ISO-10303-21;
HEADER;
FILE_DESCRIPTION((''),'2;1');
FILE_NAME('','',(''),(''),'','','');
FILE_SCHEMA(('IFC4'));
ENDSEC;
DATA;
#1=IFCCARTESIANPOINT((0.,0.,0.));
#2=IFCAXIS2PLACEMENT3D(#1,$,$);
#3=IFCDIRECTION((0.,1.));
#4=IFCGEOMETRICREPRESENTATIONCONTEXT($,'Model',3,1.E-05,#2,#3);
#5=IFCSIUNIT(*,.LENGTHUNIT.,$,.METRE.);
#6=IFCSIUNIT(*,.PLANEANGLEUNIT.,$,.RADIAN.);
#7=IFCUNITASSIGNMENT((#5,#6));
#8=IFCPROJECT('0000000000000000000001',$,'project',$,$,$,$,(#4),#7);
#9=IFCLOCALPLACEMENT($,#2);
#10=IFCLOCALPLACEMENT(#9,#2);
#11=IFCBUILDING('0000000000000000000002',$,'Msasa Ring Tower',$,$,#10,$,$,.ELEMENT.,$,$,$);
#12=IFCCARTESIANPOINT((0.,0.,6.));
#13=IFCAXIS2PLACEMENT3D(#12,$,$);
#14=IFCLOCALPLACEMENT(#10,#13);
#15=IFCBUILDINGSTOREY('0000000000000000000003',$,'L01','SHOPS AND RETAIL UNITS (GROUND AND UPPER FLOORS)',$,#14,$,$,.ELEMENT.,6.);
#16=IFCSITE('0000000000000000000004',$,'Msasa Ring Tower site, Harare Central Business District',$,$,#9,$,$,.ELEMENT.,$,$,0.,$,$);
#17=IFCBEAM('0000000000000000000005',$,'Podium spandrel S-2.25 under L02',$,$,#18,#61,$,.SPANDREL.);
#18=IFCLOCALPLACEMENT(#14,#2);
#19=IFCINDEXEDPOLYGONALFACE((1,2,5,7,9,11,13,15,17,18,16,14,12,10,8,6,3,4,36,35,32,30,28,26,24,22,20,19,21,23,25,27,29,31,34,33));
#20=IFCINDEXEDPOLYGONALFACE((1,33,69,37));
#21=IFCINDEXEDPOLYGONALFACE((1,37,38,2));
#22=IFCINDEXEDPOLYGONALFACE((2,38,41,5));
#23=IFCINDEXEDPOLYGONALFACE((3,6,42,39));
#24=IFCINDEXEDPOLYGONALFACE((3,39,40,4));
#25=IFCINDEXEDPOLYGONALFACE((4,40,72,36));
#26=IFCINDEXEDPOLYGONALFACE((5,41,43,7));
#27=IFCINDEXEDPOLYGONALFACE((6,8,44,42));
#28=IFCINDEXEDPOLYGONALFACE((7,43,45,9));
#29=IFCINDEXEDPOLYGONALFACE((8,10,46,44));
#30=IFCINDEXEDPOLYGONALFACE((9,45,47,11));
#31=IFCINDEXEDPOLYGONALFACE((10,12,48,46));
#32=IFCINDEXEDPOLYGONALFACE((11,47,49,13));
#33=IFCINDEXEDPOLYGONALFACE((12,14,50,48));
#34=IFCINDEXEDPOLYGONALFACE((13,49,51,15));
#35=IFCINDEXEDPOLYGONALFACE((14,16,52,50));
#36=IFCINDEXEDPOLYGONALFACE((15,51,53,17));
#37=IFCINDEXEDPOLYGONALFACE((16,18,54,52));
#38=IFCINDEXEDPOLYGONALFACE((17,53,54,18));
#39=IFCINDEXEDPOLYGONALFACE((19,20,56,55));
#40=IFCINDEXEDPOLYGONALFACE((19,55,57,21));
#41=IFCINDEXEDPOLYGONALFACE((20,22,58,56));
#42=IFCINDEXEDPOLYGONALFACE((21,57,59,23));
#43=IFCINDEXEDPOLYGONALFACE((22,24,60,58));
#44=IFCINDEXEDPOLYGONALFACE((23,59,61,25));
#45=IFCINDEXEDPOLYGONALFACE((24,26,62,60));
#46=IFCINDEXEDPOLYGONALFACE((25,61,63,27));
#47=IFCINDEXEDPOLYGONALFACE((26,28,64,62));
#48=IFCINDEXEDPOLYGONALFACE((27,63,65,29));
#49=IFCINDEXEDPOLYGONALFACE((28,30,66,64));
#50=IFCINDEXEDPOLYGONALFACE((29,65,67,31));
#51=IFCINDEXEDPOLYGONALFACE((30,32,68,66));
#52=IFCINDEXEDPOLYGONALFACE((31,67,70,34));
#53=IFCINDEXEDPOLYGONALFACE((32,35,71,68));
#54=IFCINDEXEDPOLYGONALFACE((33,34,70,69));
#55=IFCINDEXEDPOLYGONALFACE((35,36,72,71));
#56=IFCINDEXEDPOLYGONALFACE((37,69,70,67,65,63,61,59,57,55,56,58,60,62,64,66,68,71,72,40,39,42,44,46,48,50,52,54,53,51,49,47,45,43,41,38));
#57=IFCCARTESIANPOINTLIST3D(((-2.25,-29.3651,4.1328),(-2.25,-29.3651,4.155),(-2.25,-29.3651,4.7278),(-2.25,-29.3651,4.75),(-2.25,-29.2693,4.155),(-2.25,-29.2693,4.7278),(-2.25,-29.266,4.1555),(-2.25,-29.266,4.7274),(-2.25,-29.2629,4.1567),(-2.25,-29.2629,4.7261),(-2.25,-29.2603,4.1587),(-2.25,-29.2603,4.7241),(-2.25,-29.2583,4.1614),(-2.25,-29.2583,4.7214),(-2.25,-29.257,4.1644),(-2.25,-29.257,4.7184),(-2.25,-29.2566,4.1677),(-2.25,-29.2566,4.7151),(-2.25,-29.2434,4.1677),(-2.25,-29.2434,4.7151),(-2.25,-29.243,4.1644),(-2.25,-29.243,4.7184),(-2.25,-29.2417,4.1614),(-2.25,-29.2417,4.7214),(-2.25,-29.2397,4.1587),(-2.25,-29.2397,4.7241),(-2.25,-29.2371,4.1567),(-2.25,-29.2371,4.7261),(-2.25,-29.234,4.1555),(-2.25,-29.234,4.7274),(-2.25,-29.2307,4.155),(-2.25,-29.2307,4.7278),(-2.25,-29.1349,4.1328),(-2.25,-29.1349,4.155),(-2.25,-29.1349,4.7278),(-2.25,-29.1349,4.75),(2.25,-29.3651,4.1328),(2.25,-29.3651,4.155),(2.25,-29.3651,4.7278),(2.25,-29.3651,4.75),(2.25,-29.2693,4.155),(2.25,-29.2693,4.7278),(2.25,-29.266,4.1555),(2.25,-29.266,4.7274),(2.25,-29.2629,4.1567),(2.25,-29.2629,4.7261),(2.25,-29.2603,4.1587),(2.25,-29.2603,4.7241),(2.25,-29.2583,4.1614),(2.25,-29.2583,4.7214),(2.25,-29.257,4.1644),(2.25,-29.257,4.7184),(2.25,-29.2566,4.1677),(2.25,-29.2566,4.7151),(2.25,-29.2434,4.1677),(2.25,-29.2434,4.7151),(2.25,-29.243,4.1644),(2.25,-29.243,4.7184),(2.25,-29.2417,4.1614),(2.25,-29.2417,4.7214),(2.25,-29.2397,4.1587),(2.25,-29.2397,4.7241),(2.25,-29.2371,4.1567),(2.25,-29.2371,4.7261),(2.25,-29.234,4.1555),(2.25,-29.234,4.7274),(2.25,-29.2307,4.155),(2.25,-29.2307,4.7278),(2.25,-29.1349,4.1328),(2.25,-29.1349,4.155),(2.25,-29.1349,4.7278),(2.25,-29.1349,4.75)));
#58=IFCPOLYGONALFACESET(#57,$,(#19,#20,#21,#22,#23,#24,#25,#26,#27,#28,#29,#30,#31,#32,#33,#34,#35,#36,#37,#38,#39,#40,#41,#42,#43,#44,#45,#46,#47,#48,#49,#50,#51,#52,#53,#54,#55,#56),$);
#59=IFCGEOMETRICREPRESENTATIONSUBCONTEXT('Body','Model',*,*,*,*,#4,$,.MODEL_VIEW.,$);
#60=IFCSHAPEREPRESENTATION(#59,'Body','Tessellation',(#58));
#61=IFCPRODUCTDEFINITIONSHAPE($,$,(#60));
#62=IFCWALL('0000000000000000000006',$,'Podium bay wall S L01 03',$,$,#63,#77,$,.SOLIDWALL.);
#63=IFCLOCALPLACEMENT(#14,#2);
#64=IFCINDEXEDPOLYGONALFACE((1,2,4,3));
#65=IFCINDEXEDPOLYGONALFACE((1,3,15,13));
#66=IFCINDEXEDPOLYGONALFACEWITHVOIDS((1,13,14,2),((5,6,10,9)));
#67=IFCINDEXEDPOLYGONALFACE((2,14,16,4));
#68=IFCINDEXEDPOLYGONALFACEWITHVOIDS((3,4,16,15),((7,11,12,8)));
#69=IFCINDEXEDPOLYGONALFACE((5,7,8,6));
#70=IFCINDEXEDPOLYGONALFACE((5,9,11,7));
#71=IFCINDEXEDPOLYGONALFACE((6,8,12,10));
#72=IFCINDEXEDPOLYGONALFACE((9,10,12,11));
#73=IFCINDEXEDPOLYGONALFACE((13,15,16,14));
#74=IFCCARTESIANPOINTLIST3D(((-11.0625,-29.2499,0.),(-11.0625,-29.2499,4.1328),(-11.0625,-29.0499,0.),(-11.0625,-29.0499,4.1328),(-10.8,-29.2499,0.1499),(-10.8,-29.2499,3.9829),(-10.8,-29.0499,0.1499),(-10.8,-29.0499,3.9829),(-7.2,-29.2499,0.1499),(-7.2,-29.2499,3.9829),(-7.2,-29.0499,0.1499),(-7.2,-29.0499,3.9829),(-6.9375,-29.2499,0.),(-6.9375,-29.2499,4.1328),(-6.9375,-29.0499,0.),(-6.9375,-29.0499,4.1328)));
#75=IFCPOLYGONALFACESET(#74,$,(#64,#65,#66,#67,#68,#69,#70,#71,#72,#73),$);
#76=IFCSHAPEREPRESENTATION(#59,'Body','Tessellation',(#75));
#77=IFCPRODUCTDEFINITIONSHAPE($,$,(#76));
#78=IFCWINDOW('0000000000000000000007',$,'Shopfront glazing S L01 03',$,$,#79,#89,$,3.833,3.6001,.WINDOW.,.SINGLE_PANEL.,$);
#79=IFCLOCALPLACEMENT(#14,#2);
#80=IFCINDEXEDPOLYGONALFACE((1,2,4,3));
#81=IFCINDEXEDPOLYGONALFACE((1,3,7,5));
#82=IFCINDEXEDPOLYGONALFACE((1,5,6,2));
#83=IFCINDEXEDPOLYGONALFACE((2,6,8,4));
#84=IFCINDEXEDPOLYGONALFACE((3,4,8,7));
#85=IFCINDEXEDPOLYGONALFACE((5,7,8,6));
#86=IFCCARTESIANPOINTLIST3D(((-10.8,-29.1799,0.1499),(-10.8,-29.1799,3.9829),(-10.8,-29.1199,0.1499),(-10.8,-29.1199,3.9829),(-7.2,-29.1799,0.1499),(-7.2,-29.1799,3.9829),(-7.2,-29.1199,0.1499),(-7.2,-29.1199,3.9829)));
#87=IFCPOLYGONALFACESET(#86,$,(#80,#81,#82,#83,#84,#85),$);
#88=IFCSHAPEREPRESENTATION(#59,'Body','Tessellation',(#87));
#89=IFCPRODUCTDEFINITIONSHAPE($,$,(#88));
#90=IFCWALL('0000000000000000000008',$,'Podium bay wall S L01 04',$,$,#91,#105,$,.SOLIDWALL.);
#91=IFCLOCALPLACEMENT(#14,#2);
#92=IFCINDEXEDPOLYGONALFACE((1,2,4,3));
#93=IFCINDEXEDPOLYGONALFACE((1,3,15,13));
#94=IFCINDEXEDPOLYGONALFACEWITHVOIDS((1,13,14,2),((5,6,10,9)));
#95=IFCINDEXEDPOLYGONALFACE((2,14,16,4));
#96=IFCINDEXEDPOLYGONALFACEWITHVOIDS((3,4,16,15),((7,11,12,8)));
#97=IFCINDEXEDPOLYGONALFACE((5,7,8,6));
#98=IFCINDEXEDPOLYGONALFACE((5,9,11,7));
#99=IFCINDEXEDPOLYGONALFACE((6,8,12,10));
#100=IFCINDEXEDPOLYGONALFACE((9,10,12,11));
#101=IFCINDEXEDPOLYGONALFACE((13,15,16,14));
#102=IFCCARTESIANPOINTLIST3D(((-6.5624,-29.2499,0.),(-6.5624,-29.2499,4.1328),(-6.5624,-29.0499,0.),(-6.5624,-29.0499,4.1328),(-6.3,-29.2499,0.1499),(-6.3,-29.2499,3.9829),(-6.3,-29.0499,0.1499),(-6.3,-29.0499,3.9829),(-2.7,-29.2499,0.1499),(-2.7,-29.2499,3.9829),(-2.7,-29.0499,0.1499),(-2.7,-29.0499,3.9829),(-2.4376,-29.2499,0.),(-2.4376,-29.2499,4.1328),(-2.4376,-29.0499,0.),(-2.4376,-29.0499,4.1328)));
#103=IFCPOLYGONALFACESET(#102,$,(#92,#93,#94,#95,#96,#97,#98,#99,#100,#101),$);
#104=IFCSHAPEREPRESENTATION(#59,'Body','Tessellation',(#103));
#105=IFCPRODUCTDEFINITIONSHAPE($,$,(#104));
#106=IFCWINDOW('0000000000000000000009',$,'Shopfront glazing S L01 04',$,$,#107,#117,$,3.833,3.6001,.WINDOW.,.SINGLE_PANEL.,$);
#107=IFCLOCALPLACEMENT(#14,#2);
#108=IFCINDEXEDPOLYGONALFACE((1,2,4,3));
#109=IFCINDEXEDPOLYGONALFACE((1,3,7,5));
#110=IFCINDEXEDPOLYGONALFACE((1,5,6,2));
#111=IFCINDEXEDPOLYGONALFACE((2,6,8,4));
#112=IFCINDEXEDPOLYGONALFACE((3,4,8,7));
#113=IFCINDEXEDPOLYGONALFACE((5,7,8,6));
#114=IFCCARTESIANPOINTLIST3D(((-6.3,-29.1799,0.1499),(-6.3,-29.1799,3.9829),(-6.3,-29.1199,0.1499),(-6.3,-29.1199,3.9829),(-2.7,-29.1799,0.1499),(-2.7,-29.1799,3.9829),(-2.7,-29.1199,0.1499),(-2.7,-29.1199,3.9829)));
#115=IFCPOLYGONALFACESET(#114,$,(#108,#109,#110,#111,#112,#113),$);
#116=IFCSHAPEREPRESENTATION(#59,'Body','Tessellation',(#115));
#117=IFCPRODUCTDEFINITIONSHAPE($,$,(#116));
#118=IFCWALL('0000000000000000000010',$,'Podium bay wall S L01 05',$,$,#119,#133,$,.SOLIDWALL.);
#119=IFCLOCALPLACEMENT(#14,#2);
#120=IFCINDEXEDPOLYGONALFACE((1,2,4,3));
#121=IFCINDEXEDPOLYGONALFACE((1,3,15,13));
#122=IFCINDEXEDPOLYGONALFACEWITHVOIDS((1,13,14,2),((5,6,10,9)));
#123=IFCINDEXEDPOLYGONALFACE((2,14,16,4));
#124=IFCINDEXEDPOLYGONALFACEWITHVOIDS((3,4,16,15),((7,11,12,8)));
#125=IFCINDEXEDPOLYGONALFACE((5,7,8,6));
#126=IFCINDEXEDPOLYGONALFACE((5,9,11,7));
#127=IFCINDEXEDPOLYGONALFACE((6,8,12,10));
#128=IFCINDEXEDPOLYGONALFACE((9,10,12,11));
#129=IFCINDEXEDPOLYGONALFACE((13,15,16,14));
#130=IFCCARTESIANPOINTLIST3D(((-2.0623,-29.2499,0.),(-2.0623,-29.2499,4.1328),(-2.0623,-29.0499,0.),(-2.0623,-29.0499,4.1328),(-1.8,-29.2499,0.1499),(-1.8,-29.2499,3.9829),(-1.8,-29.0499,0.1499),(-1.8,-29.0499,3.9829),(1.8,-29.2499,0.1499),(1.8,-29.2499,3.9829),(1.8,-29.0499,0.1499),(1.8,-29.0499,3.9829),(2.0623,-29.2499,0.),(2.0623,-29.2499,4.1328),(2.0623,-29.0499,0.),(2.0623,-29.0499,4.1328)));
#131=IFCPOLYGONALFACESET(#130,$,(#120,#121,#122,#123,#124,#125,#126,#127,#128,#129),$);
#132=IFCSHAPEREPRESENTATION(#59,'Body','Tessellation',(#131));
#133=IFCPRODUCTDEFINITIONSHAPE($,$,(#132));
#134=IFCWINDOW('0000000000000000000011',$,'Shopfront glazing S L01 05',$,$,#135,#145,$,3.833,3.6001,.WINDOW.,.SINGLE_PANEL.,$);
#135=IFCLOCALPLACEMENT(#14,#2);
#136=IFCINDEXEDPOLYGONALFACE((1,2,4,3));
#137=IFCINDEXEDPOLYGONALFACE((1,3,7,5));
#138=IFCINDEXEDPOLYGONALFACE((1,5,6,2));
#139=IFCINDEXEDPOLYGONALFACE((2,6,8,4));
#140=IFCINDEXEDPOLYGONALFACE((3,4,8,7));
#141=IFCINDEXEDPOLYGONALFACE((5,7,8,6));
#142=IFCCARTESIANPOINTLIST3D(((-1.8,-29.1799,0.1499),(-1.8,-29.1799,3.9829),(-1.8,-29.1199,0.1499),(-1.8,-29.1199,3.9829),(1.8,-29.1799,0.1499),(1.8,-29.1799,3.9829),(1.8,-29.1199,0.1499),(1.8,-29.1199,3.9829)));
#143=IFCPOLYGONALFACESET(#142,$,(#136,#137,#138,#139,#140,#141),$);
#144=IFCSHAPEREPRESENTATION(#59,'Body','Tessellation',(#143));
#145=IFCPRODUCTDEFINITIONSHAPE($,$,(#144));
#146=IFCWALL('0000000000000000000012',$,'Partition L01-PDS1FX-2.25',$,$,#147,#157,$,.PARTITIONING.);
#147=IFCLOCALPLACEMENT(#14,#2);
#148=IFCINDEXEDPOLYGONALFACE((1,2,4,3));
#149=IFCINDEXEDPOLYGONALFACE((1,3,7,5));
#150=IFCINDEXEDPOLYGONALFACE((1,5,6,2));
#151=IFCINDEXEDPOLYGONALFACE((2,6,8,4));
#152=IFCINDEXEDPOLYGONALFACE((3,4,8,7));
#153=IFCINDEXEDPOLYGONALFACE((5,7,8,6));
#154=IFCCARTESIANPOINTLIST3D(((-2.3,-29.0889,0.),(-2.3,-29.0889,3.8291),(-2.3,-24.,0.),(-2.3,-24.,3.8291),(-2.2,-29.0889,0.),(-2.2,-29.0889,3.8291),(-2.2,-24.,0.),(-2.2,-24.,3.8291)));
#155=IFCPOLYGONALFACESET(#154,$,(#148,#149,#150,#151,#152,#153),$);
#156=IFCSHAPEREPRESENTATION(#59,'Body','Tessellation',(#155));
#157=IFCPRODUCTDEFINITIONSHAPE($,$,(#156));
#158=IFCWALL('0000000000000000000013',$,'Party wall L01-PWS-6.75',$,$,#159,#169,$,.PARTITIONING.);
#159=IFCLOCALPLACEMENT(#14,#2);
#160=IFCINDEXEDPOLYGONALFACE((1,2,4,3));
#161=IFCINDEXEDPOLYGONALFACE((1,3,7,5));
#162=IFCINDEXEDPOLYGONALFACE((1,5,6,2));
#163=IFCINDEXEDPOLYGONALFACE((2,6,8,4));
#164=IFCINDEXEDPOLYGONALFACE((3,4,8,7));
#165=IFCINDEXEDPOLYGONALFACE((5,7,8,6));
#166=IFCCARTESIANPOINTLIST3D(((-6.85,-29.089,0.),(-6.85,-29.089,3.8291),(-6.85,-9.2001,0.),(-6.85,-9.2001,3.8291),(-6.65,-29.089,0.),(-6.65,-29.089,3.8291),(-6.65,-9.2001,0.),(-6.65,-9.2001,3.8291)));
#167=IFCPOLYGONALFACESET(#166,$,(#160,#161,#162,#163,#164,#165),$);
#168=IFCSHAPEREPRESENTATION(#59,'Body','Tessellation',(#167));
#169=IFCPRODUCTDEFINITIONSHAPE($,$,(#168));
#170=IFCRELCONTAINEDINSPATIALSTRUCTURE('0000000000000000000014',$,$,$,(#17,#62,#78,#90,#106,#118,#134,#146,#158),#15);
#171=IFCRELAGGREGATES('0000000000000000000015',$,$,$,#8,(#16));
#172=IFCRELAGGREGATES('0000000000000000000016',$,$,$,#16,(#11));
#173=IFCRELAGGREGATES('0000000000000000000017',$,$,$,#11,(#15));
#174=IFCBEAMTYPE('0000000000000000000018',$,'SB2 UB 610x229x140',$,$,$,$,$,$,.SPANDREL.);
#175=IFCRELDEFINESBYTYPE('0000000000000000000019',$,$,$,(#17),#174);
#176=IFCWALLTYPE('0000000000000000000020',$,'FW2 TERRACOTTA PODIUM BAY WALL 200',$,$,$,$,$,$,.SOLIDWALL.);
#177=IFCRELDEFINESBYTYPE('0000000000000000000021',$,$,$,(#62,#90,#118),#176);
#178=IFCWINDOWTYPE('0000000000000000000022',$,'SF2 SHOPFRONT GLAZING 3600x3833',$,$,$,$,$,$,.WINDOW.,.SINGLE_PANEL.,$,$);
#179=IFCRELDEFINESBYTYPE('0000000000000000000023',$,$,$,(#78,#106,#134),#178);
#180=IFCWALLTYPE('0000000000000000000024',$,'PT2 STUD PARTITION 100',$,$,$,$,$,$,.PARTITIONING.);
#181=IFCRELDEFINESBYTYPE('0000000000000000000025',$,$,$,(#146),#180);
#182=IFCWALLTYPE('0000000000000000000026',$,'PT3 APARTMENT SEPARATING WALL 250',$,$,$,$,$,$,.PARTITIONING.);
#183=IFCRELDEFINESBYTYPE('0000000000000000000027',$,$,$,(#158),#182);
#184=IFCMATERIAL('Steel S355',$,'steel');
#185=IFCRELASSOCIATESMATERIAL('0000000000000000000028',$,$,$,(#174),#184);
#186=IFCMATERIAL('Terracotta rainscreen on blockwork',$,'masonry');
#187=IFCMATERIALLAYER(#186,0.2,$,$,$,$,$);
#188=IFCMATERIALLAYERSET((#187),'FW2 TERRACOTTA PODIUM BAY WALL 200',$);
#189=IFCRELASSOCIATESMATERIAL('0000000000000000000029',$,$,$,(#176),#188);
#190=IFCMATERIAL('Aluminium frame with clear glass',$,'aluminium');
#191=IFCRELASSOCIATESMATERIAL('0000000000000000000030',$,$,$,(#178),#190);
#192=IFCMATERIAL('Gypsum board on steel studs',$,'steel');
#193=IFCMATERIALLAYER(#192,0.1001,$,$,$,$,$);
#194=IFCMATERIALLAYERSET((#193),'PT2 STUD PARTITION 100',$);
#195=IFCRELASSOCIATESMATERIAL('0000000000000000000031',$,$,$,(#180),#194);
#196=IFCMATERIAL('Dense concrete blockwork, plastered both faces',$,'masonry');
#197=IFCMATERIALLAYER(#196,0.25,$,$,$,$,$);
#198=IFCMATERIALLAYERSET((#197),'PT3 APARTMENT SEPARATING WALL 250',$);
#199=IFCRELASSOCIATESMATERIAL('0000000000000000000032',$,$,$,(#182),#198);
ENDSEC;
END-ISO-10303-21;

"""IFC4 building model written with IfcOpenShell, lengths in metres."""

from ifc_helpers import new_model, si_unit, direction, frame, frame_2d, origin, origin_2d, place, context, subcontext, project, spatial, rectangle, i_section, extrude, material, layer, layer_set, material_profile, profile_set, type_object, element, fill, save


model = new_model("IFC4")

# Units and contexts
model_context = context("Model", 3, precision=1e-05, world=origin(), true_north=direction((0.0, 1.0)))
body_context = subcontext(model_context, "Body", "Model", "MODEL_VIEW")
ifc_project = project(units=[si_unit("LENGTHUNIT", "METRE"), si_unit("PLANEANGLEUNIT", "RADIAN")], contexts=[model_context])

# Site, building, storey
site_placement = place(None, origin())
site = spatial("IfcSite", under=ifc_project, at=site_placement, Name="Msasa Ring Tower site, Harare Central Business District", CompositionType="ELEMENT", RefElevation=0.0)
building_placement = place(site_placement, origin())
building = spatial("IfcBuilding", under=site, at=building_placement, Name="Msasa Ring Tower", CompositionType="ELEMENT")
storey_placement = place(building_placement, frame((0.0, 0.0, 6.0)))
storey = spatial("IfcBuildingStorey", under=building, at=storey_placement, Name="L01", Description="SHOPS AND RETAIL UNITS (GROUND AND UPPER FLOORS)", CompositionType="ELEMENT", Elevation=6.0)

# Beam
ifc_material_1 = material(Name="Steel S355", Category="steel")
ifc_material_profile_1 = material_profile(ifc_material_1, i_section(OverallWidth=0.2302, OverallDepth=0.6172, WebThickness=0.0132, FlangeThickness=0.0222, FilletRadius=0.0127, at=origin_2d()), Name="UB 610x229x140")
ifc_profile_set_1 = profile_set([ifc_material_profile_1], Name="Steel S355")
beam_type_1 = type_object("IfcBeamType", Name="SB2 UB 610x229x140", PredefinedType="SPANDREL", material=ifc_profile_set_1)
for number, where, z_axis, x_axis, name in (
    (1, (-2.25, -29.25, 4.4414), (1.0, 0.0, 0.0), (0.0, 1.0, 0.0), "Podium spandrel S-2.25 under L02"),
):
    element("IfcBeam", number, at=place(storey_placement, frame(where, z_axis=z_axis, x_axis=x_axis)), inside=storey, type_object=beam_type_1, Name=name, PredefinedType="SPANDREL", context=body_context, shape_type="SweptSolid", body=[
        extrude(i_section(OverallWidth=0.2302, OverallDepth=0.6172, WebThickness=0.0132, FlangeThickness=0.0222, FilletRadius=0.0127, at=origin_2d()), origin(), (0.0, 0.0, 1.0), 4.5),
    ])

# Walls, openings, windows
ifc_material_2 = material(Name="Terracotta rainscreen on blockwork", Category="masonry")
ifc_layer_1 = layer(ifc_material_2, 0.2)
ifc_layer_set_1 = layer_set([ifc_layer_1], Name="FW2 TERRACOTTA PODIUM BAY WALL 200")
wall_type_1 = type_object("IfcWallType", Name="FW2 TERRACOTTA PODIUM BAY WALL 200", PredefinedType="SOLIDWALL", material=ifc_layer_set_1)
wall_1_placement = place(storey_placement, frame((-11.0625, -29.1499, 0.0), z_axis=(0.0, 0.0, 1.0), x_axis=(1.0, 0.0, 0.0)))
wall_1 = element("IfcWall", 2, at=wall_1_placement, inside=storey, type_object=wall_type_1, Name="Podium bay wall S L01 03", PredefinedType="SOLIDWALL", context=body_context, shape_type="SweptSolid", body=[
    extrude(rectangle(XDim=4.125, YDim=0.2, at=frame_2d((2.0625, 0.0))), origin(), (0.0, 0.0, 1.0), 4.1328),
])
opening_1_placement = place(wall_1_placement, frame((0.2625, 0.0, 0.1499)))
opening_1 = element("IfcOpeningElement", 3, at=opening_1_placement, cuts=wall_1, PredefinedType="OPENING", context=body_context, shape_type="SweptSolid", body=[
    extrude(rectangle(XDim=3.6001, YDim=3.833, at=frame_2d((1.8, 1.9165))), frame((0.0, 0.1099, 0.0), z_axis=(0.0, -1.0, 0.0), x_axis=(1.0, 0.0, 0.0)), (0.0, 0.0, 1.0), 0.22),
])
ifc_material_3 = material(Name="Aluminium frame with clear glass", Category="aluminium")
window_type = type_object("IfcWindowType", Name="SF2 SHOPFRONT GLAZING 3600x3833", PartitioningType="SINGLE_PANEL", PredefinedType="WINDOW", material=ifc_material_3)
window_1_placement = place(opening_1_placement, origin())
window_1 = element("IfcWindow", 4, at=window_1_placement, inside=storey, type_object=window_type, Name="Shopfront glazing S L01 03", OverallHeight=3.833, OverallWidth=3.6001, PartitioningType="SINGLE_PANEL", PredefinedType="WINDOW", context=body_context, shape_type="SweptSolid", body=[
    extrude(rectangle(XDim=3.6001, YDim=3.833, at=frame_2d((1.8, 1.9165))), frame((0.0, 0.03, 0.0), z_axis=(0.0, -1.0, 0.0), x_axis=(1.0, 0.0, 0.0)), (0.0, 0.0, 1.0), 0.0601),
])
fill(opening_1, window_1)
wall_2_placement = place(storey_placement, frame((-6.5625, -29.1499, 0.0), z_axis=(0.0, 0.0, 1.0), x_axis=(1.0, 0.0, 0.0)))
wall_2 = element("IfcWall", 5, at=wall_2_placement, inside=storey, type_object=wall_type_1, Name="Podium bay wall S L01 04", PredefinedType="SOLIDWALL", context=body_context, shape_type="SweptSolid", body=[
    extrude(rectangle(XDim=4.1248, YDim=0.2, at=frame_2d((2.0625, 0.0))), origin(), (0.0, 0.0, 1.0), 4.1328),
])
opening_2_placement = place(wall_2_placement, frame((0.2625, 0.0, 0.1499)))
opening_2 = element("IfcOpeningElement", 6, at=opening_2_placement, cuts=wall_2, PredefinedType="OPENING", context=body_context, shape_type="SweptSolid", body=[
    extrude(rectangle(XDim=3.6001, YDim=3.833, at=frame_2d((1.8, 1.9165))), frame((0.0, 0.1099, 0.0), z_axis=(0.0, -1.0, 0.0), x_axis=(1.0, 0.0, 0.0)), (0.0, 0.0, 1.0), 0.22),
])
window_2_placement = place(opening_2_placement, origin())
window_2 = element("IfcWindow", 7, at=window_2_placement, inside=storey, type_object=window_type, Name="Shopfront glazing S L01 04", OverallHeight=3.833, OverallWidth=3.6001, PartitioningType="SINGLE_PANEL", PredefinedType="WINDOW", context=body_context, shape_type="SweptSolid", body=[
    extrude(rectangle(XDim=3.6001, YDim=3.833, at=frame_2d((1.8, 1.9165))), frame((0.0, 0.03, 0.0), z_axis=(0.0, -1.0, 0.0), x_axis=(1.0, 0.0, 0.0)), (0.0, 0.0, 1.0), 0.0601),
])
fill(opening_2, window_2)
wall_3_placement = place(storey_placement, frame((-2.0623, -29.1499, 0.0), z_axis=(0.0, 0.0, 1.0), x_axis=(1.0, 0.0, 0.0)))
wall_3 = element("IfcWall", 8, at=wall_3_placement, inside=storey, type_object=wall_type_1, Name="Podium bay wall S L01 05", PredefinedType="SOLIDWALL", context=body_context, shape_type="SweptSolid", body=[
    extrude(rectangle(XDim=4.1245, YDim=0.2, at=frame_2d((2.0623, 0.0))), origin(), (0.0, 0.0, 1.0), 4.1328),
])
opening_3_placement = place(wall_3_placement, frame((0.2622, 0.0, 0.1499)))
opening_3 = element("IfcOpeningElement", 9, at=opening_3_placement, cuts=wall_3, PredefinedType="OPENING", context=body_context, shape_type="SweptSolid", body=[
    extrude(rectangle(XDim=3.6001, YDim=3.833, at=frame_2d((1.8, 1.9165))), frame((0.0, 0.1099, 0.0), z_axis=(0.0, -1.0, 0.0), x_axis=(1.0, 0.0, 0.0)), (0.0, 0.0, 1.0), 0.22),
])
window_3_placement = place(opening_3_placement, origin())
window_3 = element("IfcWindow", 10, at=window_3_placement, inside=storey, type_object=window_type, Name="Shopfront glazing S L01 05", OverallHeight=3.833, OverallWidth=3.6001, PartitioningType="SINGLE_PANEL", PredefinedType="WINDOW", context=body_context, shape_type="SweptSolid", body=[
    extrude(rectangle(XDim=3.6001, YDim=3.833, at=frame_2d((1.8, 1.9165))), frame((0.0, 0.03, 0.0), z_axis=(0.0, -1.0, 0.0), x_axis=(1.0, 0.0, 0.0)), (0.0, 0.0, 1.0), 0.0601),
])
fill(opening_3, window_3)

# Walls
ifc_material_4 = material(Name="Gypsum board on steel studs", Category="steel")
ifc_layer_2 = layer(ifc_material_4, 0.1001)
ifc_layer_set_2 = layer_set([ifc_layer_2], Name="PT2 STUD PARTITION 100")
wall_type_2 = type_object("IfcWallType", Name="PT2 STUD PARTITION 100", PredefinedType="PARTITIONING", material=ifc_layer_set_2)
wall_4_placement = place(storey_placement, frame((-2.25, -29.0889, 0.0), z_axis=(0.0, 0.0, 1.0), x_axis=(0.0, 1.0, 0.0)))
element("IfcWall", 11, at=wall_4_placement, inside=storey, type_object=wall_type_2, Name="Partition L01-PDS1FX-2.25", PredefinedType="PARTITIONING", context=body_context, shape_type="SweptSolid", body=[
    extrude(rectangle(XDim=5.0889, YDim=0.1001, at=frame_2d((2.5444, 0.0))), origin(), (0.0, 0.0, 1.0), 3.8291),
])
ifc_material_5 = material(Name="Dense concrete blockwork, plastered both faces", Category="masonry")
ifc_layer_3 = layer(ifc_material_5, 0.25)
ifc_layer_set_3 = layer_set([ifc_layer_3], Name="PT3 APARTMENT SEPARATING WALL 250")
wall_type_3 = type_object("IfcWallType", Name="PT3 APARTMENT SEPARATING WALL 250", PredefinedType="PARTITIONING", material=ifc_layer_set_3)
wall_5_placement = place(storey_placement, frame((-6.75, -29.0889, 0.0), z_axis=(0.0, 0.0, 1.0), x_axis=(0.0, 1.0, 0.0)))
element("IfcWall", 12, at=wall_5_placement, inside=storey, type_object=wall_type_3, Name="Party wall L01-PWS-6.75", PredefinedType="PARTITIONING", context=body_context, shape_type="SweptSolid", body=[
    extrude(rectangle(XDim=19.8889, YDim=0.2, at=frame_2d((9.9443, 0.0))), origin(), (0.0, 0.0, 1.0), 3.8291),
])

save(model, "model.ifc")
